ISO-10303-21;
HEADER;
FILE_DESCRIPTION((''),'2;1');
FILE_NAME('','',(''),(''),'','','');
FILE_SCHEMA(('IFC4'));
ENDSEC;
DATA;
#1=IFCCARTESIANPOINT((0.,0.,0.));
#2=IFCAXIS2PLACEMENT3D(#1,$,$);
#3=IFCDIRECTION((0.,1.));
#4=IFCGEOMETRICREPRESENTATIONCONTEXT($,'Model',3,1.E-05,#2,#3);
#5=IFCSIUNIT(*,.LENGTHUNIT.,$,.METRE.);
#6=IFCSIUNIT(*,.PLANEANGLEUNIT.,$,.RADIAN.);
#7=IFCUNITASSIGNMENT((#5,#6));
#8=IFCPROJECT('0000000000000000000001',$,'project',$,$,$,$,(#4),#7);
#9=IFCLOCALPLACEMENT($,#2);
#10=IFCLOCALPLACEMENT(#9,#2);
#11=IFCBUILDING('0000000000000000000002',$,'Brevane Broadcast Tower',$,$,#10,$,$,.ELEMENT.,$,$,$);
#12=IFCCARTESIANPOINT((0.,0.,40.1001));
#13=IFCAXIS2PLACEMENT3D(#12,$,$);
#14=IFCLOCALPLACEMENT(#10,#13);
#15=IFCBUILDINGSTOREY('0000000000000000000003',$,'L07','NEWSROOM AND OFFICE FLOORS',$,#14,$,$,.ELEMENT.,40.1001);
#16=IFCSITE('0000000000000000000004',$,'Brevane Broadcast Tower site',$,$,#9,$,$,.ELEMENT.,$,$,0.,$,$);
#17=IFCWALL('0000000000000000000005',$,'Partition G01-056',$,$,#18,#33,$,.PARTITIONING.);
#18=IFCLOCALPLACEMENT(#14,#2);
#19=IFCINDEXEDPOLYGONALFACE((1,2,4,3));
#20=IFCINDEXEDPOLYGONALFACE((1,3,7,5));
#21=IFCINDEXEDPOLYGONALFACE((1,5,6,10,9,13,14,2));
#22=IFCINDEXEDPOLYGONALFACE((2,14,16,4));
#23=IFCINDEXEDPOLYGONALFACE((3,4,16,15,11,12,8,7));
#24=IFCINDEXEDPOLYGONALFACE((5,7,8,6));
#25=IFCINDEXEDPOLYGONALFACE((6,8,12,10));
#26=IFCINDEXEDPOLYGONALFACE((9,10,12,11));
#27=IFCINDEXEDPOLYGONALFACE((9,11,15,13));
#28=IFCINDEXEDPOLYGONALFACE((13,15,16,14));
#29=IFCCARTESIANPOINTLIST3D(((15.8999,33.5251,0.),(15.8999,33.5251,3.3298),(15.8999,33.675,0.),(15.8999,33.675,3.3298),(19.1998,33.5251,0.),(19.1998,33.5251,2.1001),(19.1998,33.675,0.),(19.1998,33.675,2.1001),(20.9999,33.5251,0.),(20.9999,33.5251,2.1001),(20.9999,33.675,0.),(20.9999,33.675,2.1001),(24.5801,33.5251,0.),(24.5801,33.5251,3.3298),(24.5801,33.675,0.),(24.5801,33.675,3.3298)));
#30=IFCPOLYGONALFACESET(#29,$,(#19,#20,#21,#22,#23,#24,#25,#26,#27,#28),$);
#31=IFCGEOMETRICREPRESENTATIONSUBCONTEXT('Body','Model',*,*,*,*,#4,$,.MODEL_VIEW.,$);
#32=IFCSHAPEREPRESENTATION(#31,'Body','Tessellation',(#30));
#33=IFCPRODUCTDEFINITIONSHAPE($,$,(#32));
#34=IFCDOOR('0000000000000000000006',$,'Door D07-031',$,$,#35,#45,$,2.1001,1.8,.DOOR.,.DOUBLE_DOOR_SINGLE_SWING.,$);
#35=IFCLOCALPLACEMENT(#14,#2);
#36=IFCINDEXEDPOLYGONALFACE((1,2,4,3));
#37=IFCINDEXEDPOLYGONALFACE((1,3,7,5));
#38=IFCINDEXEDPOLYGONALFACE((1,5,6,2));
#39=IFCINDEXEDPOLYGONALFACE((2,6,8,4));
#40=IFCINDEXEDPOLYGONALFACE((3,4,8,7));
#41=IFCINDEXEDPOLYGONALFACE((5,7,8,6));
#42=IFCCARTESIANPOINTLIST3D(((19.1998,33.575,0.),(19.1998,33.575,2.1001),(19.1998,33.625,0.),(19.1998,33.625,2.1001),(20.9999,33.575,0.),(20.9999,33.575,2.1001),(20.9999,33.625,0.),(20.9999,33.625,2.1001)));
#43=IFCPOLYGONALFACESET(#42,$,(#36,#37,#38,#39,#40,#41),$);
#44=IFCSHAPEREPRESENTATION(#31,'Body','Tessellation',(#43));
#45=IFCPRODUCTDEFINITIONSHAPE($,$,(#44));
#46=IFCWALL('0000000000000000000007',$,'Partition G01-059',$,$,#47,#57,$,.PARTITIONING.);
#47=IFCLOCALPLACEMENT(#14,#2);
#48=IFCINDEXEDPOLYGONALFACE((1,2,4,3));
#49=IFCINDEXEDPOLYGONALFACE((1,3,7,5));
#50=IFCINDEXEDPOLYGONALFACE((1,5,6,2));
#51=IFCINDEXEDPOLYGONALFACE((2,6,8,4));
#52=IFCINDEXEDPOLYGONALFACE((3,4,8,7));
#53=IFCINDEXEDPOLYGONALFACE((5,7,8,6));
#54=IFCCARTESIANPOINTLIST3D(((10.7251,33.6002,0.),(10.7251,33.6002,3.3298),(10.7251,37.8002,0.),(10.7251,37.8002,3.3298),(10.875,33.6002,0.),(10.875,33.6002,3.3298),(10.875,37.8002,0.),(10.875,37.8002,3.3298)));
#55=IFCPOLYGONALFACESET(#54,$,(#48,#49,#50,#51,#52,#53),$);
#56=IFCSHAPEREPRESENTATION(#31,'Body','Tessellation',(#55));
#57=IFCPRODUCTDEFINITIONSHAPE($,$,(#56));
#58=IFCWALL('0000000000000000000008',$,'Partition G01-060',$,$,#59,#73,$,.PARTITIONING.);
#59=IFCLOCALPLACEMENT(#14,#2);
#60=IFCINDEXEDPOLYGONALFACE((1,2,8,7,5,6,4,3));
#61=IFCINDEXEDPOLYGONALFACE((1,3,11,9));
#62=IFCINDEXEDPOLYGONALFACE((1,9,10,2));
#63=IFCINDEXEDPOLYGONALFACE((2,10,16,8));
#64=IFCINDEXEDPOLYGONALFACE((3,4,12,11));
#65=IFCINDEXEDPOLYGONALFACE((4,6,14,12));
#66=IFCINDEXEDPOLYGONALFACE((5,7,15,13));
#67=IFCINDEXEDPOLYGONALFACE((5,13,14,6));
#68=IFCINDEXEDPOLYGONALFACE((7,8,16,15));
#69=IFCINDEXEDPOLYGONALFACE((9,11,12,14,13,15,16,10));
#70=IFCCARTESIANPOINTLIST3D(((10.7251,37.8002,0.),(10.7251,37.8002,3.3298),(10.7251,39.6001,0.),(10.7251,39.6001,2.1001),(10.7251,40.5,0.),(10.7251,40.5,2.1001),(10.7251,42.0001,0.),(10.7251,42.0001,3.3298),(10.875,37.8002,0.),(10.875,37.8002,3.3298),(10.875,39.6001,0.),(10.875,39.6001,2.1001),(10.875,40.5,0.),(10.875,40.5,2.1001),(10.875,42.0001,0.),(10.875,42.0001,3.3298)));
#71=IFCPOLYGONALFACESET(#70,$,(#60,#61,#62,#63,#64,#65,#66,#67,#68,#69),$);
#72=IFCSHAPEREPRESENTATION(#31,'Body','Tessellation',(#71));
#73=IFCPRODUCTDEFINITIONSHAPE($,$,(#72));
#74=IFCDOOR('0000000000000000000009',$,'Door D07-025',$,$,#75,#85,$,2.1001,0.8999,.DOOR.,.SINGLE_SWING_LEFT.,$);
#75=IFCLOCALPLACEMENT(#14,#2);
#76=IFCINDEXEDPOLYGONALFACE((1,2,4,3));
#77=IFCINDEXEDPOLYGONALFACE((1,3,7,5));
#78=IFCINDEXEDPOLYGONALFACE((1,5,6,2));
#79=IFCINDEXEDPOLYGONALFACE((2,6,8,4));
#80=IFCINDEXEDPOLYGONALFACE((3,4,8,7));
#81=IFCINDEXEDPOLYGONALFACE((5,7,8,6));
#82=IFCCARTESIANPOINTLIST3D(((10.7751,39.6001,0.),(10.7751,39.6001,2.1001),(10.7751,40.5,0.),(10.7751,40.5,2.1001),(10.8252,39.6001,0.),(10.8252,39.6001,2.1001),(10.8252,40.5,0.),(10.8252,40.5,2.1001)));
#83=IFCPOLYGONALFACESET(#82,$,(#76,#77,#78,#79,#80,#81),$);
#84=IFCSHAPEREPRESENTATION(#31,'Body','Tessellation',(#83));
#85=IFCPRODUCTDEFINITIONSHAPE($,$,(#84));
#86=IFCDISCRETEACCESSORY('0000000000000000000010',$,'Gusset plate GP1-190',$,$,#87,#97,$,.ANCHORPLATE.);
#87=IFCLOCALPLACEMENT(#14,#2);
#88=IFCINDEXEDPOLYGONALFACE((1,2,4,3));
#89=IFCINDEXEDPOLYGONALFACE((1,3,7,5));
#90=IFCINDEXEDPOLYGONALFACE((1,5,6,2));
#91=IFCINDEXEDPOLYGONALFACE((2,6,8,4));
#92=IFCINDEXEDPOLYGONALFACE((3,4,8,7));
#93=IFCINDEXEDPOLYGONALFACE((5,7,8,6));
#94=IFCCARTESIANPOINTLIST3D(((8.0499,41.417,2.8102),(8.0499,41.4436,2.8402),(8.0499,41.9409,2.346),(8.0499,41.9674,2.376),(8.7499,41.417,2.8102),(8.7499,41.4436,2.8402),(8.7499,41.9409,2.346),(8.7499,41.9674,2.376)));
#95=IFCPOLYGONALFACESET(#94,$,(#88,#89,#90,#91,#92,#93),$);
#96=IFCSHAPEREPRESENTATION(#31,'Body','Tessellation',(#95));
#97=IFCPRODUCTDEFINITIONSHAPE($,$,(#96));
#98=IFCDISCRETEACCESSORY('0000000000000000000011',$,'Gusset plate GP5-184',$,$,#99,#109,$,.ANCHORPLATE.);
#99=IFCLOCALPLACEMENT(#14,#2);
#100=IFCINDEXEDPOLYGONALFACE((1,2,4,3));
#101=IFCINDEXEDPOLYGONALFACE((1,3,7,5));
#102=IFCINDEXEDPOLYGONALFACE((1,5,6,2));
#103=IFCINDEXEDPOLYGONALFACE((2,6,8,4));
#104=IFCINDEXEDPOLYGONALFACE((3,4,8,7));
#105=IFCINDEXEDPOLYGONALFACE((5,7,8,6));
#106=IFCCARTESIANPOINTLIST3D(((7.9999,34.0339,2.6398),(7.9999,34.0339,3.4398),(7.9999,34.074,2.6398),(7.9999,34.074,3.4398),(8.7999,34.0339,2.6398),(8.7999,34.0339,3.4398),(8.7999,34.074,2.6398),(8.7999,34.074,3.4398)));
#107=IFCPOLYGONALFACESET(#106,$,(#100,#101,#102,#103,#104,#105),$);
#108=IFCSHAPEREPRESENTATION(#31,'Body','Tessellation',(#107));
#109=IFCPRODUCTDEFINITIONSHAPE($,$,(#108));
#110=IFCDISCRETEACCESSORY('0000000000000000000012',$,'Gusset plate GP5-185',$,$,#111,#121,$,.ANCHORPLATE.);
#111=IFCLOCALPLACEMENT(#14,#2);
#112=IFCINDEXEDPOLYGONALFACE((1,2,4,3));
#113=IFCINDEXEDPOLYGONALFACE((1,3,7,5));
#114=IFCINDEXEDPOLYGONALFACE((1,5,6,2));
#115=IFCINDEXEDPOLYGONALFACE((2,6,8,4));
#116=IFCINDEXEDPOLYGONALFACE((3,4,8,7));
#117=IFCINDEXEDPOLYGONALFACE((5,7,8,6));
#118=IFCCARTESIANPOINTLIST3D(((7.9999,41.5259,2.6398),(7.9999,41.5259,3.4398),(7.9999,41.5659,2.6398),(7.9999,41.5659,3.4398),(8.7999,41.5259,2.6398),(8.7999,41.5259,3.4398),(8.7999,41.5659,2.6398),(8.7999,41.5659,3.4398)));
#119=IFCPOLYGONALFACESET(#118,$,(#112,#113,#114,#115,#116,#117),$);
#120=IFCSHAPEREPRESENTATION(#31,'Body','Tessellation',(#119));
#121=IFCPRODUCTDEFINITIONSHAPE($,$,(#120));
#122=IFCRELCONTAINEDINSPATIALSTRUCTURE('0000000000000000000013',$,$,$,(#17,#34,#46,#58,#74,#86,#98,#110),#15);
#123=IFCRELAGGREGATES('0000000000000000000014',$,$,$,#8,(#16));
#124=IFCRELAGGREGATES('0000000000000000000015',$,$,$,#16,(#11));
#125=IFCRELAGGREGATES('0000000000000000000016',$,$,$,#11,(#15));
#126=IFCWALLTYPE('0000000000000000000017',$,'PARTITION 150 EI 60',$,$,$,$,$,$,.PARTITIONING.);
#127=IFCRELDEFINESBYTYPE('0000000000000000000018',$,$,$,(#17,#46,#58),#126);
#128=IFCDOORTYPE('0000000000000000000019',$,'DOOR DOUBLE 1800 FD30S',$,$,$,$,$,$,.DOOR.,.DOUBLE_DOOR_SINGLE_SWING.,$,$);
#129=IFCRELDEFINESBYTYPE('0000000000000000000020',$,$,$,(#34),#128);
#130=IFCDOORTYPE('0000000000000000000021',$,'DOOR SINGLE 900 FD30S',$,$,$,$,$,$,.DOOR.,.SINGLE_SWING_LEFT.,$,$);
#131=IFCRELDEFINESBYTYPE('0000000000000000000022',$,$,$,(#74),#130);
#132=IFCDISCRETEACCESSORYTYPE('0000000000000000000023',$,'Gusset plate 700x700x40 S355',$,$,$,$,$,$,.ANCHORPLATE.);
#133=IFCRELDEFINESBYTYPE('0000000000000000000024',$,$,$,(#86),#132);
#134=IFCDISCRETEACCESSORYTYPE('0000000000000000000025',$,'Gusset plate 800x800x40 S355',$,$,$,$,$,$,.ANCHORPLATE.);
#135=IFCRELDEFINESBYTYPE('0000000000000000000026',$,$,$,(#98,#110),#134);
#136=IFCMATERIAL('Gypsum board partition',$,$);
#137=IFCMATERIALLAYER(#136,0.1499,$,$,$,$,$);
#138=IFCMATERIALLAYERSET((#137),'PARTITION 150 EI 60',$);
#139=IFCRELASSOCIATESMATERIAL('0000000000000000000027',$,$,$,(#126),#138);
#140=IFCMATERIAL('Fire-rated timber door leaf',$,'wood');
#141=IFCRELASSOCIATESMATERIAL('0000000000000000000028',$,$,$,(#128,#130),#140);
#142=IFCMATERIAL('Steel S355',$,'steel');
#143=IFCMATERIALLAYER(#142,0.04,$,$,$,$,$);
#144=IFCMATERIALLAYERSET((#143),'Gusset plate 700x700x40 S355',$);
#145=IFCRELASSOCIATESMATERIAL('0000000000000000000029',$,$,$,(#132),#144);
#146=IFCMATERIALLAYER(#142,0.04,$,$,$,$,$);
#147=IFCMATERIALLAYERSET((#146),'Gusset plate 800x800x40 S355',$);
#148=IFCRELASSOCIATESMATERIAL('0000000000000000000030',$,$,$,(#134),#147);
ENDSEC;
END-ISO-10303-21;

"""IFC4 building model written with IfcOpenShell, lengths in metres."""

from ifc_helpers import new_model, si_unit, direction, frame, frame_2d, origin, origin_2d, place, context, subcontext, project, spatial, rectangle, extrude, material, layer, layer_set, type_object, element, fill, save


model = new_model("IFC4")

# Units and contexts
model_context = context("Model", 3, precision=1e-05, world=origin(), true_north=direction((0.0, 1.0)))
body_context = subcontext(model_context, "Body", "Model", "MODEL_VIEW")
ifc_project = project(units=[si_unit("LENGTHUNIT", "METRE"), si_unit("PLANEANGLEUNIT", "RADIAN")], contexts=[model_context])

# Site, building, storey
site_placement = place(None, origin())
site = spatial("IfcSite", under=ifc_project, at=site_placement, Name="Brevane Broadcast Tower site", CompositionType="ELEMENT", RefElevation=0.0)
building_placement = place(site_placement, origin())
building = spatial("IfcBuilding", under=site, at=building_placement, Name="Brevane Broadcast Tower", CompositionType="ELEMENT")
storey_placement = place(building_placement, frame((0.0, 0.0, 40.1001)))
storey = spatial("IfcBuildingStorey", under=building, at=storey_placement, Name="L07", Description="NEWSROOM AND OFFICE FLOORS", CompositionType="ELEMENT", Elevation=40.1001)

# Shared definitions
ifc_material_1 = material(Name="Steel S355", Category="steel")

# Shared definitions
ifc_material_2 = material(Name="Gypsum board partition")
ifc_layer_1 = layer(ifc_material_2, 0.1499)
ifc_layer_set_1 = layer_set([ifc_layer_1], Name="PARTITION 150 EI 60")
wall_type_1 = type_object("IfcWallType", Name="PARTITION 150 EI 60", PredefinedType="PARTITIONING", material=ifc_layer_set_1)

# Wall, opening, door
wall_1_placement = place(storey_placement, frame((15.8999, 33.6001, 0.0), z_axis=(0.0, 0.0, 1.0), x_axis=(1.0, 0.0, 0.0)))
wall_1 = element("IfcWall", 1, at=wall_1_placement, inside=storey, type_object=wall_type_1, Name="Partition G01-056", PredefinedType="PARTITIONING", context=body_context, shape_type="SweptSolid", body=[
    extrude(rectangle(XDim=8.6802, YDim=0.1499, at=frame_2d((4.3401, 0.0))), origin(), (0.0, 0.0, 1.0), 3.3298),
])
opening_1_placement = place(wall_1_placement, frame((3.3, 0.0, 0.0)))
opening_1 = element("IfcOpeningElement", 2, at=opening_1_placement, cuts=wall_1, PredefinedType="OPENING", context=body_context, shape_type="SweptSolid", body=[
    extrude(rectangle(XDim=1.8, YDim=2.1001, at=frame_2d((0.8999, 1.05))), frame((0.0, 0.085, 0.0), z_axis=(0.0, -1.0, 0.0), x_axis=(1.0, 0.0, 0.0)), (0.0, 0.0, 1.0), 0.1699),
])
ifc_material_3 = material(Name="Fire-rated timber door leaf", Category="wood")
door_type_1 = type_object("IfcDoorType", Name="DOOR DOUBLE 1800 FD30S", OperationType="DOUBLE_DOOR_SINGLE_SWING", PredefinedType="DOOR", material=ifc_material_3)
door_1_placement = place(opening_1_placement, origin())
door_1 = element("IfcDoor", 3, at=door_1_placement, inside=storey, type_object=door_type_1, Name="Door D07-031", OperationType="DOUBLE_DOOR_SINGLE_SWING", OverallHeight=2.1001, OverallWidth=1.8, PredefinedType="DOOR", context=body_context, shape_type="SweptSolid", body=[
    extrude(rectangle(XDim=1.8, YDim=2.1001, at=frame_2d((0.8999, 1.05))), frame((0.0, 0.0249, 0.0), z_axis=(0.0, -1.0, 0.0), x_axis=(1.0, 0.0, 0.0)), (0.0, 0.0, 1.0), 0.05),
])
fill(opening_1, door_1)

# Wall
wall_2_placement = place(storey_placement, frame((10.8, 33.6001, 0.0), z_axis=(0.0, 0.0, 1.0), x_axis=(0.0, 1.0, 0.0)))
element("IfcWall", 4, at=wall_2_placement, inside=storey, type_object=wall_type_1, Name="Partition G01-059", PredefinedType="PARTITIONING", context=body_context, shape_type="SweptSolid", body=[
    extrude(rectangle(XDim=4.2, YDim=0.1499, at=frame_2d((2.1001, 0.0))), origin(), (0.0, 0.0, 1.0), 3.3298),
])

# Wall, opening, door
wall_3_placement = place(storey_placement, frame((10.8, 37.8, 0.0), z_axis=(0.0, 0.0, 1.0), x_axis=(0.0, 1.0, 0.0)))
wall_3 = element("IfcWall", 5, at=wall_3_placement, inside=storey, type_object=wall_type_1, Name="Partition G01-060", PredefinedType="PARTITIONING", context=body_context, shape_type="SweptSolid", body=[
    extrude(rectangle(XDim=4.2, YDim=0.1499, at=frame_2d((2.1001, 0.0))), origin(), (0.0, 0.0, 1.0), 3.3298),
])
opening_2_placement = place(wall_3_placement, frame((1.8, 0.0, 0.0)))
opening_2 = element("IfcOpeningElement", 6, at=opening_2_placement, cuts=wall_3, PredefinedType="OPENING", context=body_context, shape_type="SweptSolid", body=[
    extrude(rectangle(XDim=0.8999, YDim=2.1001, at=frame_2d((0.45, 1.05))), frame((0.0, 0.085, 0.0), z_axis=(0.0, -1.0, 0.0), x_axis=(1.0, 0.0, 0.0)), (0.0, 0.0, 1.0), 0.1699),
])
door_type_2 = type_object("IfcDoorType", Name="DOOR SINGLE 900 FD30S", OperationType="SINGLE_SWING_LEFT", PredefinedType="DOOR", material=ifc_material_3)
door_2_placement = place(opening_2_placement, origin())
door_2 = element("IfcDoor", 7, at=door_2_placement, inside=storey, type_object=door_type_2, Name="Door D07-025", OperationType="SINGLE_SWING_LEFT", OverallHeight=2.1001, OverallWidth=0.8999, PredefinedType="DOOR", context=body_context, shape_type="SweptSolid", body=[
    extrude(rectangle(XDim=0.8999, YDim=2.1001, at=frame_2d((0.45, 1.05))), frame((0.0, 0.0249, 0.0), z_axis=(0.0, -1.0, 0.0), x_axis=(1.0, 0.0, 0.0)), (0.0, 0.0, 1.0), 0.05),
])
fill(opening_2, door_2)

# Discrete accessories
ifc_layer_2 = layer(ifc_material_1, 0.04)
ifc_layer_set_2 = layer_set([ifc_layer_2], Name="Gusset plate 700x700x40 S355")
discrete_accessory_type_1 = type_object("IfcDiscreteAccessoryType", Name="Gusset plate 700x700x40 S355", PredefinedType="ANCHORPLATE", material=ifc_layer_set_2)
discrete_accessory_placement = place(storey_placement, frame((8.3999, 41.679, 2.5781), z_axis=(0.0, 0.66323, 0.748416), x_axis=(-1.0, 0.0, 0.0)))
element("IfcDiscreteAccessory", 8, at=discrete_accessory_placement, inside=storey, type_object=discrete_accessory_type_1, Name="Gusset plate GP1-190", PredefinedType="ANCHORPLATE", context=body_context, shape_type="SweptSolid", body=[
    extrude(rectangle(XDim=0.7, YDim=0.7, at=origin_2d()), origin(), (0.0, 0.0, 1.0), 0.04),
])
ifc_layer_3 = layer(ifc_material_1, 0.04)
ifc_layer_set_3 = layer_set([ifc_layer_3], Name="Gusset plate 800x800x40 S355")
discrete_accessory_type_2 = type_object("IfcDiscreteAccessoryType", Name="Gusset plate 800x800x40 S355", PredefinedType="ANCHORPLATE", material=ifc_layer_set_3)
for number, where, z_axis, x_axis, name in (
    (9, (8.3999, 34.0339, 3.0398), (0.0, 1.0, 0.0), (-1.0, 0.0, 0.0), "Gusset plate GP5-184"),
    (10, (8.3999, 41.5259, 3.0398), (0.0, 1.0, 0.0), (-1.0, 0.0, 0.0), "Gusset plate GP5-185"),
):
    element("IfcDiscreteAccessory", number, at=place(storey_placement, frame(where, z_axis=z_axis, x_axis=x_axis)), inside=storey, type_object=discrete_accessory_type_2, Name=name, PredefinedType="ANCHORPLATE", context=body_context, shape_type="SweptSolid", body=[
        extrude(rectangle(XDim=0.8, YDim=0.8, at=origin_2d()), origin(), (0.0, 0.0, 1.0), 0.04),
    ])

save(model, "model.ifc")
